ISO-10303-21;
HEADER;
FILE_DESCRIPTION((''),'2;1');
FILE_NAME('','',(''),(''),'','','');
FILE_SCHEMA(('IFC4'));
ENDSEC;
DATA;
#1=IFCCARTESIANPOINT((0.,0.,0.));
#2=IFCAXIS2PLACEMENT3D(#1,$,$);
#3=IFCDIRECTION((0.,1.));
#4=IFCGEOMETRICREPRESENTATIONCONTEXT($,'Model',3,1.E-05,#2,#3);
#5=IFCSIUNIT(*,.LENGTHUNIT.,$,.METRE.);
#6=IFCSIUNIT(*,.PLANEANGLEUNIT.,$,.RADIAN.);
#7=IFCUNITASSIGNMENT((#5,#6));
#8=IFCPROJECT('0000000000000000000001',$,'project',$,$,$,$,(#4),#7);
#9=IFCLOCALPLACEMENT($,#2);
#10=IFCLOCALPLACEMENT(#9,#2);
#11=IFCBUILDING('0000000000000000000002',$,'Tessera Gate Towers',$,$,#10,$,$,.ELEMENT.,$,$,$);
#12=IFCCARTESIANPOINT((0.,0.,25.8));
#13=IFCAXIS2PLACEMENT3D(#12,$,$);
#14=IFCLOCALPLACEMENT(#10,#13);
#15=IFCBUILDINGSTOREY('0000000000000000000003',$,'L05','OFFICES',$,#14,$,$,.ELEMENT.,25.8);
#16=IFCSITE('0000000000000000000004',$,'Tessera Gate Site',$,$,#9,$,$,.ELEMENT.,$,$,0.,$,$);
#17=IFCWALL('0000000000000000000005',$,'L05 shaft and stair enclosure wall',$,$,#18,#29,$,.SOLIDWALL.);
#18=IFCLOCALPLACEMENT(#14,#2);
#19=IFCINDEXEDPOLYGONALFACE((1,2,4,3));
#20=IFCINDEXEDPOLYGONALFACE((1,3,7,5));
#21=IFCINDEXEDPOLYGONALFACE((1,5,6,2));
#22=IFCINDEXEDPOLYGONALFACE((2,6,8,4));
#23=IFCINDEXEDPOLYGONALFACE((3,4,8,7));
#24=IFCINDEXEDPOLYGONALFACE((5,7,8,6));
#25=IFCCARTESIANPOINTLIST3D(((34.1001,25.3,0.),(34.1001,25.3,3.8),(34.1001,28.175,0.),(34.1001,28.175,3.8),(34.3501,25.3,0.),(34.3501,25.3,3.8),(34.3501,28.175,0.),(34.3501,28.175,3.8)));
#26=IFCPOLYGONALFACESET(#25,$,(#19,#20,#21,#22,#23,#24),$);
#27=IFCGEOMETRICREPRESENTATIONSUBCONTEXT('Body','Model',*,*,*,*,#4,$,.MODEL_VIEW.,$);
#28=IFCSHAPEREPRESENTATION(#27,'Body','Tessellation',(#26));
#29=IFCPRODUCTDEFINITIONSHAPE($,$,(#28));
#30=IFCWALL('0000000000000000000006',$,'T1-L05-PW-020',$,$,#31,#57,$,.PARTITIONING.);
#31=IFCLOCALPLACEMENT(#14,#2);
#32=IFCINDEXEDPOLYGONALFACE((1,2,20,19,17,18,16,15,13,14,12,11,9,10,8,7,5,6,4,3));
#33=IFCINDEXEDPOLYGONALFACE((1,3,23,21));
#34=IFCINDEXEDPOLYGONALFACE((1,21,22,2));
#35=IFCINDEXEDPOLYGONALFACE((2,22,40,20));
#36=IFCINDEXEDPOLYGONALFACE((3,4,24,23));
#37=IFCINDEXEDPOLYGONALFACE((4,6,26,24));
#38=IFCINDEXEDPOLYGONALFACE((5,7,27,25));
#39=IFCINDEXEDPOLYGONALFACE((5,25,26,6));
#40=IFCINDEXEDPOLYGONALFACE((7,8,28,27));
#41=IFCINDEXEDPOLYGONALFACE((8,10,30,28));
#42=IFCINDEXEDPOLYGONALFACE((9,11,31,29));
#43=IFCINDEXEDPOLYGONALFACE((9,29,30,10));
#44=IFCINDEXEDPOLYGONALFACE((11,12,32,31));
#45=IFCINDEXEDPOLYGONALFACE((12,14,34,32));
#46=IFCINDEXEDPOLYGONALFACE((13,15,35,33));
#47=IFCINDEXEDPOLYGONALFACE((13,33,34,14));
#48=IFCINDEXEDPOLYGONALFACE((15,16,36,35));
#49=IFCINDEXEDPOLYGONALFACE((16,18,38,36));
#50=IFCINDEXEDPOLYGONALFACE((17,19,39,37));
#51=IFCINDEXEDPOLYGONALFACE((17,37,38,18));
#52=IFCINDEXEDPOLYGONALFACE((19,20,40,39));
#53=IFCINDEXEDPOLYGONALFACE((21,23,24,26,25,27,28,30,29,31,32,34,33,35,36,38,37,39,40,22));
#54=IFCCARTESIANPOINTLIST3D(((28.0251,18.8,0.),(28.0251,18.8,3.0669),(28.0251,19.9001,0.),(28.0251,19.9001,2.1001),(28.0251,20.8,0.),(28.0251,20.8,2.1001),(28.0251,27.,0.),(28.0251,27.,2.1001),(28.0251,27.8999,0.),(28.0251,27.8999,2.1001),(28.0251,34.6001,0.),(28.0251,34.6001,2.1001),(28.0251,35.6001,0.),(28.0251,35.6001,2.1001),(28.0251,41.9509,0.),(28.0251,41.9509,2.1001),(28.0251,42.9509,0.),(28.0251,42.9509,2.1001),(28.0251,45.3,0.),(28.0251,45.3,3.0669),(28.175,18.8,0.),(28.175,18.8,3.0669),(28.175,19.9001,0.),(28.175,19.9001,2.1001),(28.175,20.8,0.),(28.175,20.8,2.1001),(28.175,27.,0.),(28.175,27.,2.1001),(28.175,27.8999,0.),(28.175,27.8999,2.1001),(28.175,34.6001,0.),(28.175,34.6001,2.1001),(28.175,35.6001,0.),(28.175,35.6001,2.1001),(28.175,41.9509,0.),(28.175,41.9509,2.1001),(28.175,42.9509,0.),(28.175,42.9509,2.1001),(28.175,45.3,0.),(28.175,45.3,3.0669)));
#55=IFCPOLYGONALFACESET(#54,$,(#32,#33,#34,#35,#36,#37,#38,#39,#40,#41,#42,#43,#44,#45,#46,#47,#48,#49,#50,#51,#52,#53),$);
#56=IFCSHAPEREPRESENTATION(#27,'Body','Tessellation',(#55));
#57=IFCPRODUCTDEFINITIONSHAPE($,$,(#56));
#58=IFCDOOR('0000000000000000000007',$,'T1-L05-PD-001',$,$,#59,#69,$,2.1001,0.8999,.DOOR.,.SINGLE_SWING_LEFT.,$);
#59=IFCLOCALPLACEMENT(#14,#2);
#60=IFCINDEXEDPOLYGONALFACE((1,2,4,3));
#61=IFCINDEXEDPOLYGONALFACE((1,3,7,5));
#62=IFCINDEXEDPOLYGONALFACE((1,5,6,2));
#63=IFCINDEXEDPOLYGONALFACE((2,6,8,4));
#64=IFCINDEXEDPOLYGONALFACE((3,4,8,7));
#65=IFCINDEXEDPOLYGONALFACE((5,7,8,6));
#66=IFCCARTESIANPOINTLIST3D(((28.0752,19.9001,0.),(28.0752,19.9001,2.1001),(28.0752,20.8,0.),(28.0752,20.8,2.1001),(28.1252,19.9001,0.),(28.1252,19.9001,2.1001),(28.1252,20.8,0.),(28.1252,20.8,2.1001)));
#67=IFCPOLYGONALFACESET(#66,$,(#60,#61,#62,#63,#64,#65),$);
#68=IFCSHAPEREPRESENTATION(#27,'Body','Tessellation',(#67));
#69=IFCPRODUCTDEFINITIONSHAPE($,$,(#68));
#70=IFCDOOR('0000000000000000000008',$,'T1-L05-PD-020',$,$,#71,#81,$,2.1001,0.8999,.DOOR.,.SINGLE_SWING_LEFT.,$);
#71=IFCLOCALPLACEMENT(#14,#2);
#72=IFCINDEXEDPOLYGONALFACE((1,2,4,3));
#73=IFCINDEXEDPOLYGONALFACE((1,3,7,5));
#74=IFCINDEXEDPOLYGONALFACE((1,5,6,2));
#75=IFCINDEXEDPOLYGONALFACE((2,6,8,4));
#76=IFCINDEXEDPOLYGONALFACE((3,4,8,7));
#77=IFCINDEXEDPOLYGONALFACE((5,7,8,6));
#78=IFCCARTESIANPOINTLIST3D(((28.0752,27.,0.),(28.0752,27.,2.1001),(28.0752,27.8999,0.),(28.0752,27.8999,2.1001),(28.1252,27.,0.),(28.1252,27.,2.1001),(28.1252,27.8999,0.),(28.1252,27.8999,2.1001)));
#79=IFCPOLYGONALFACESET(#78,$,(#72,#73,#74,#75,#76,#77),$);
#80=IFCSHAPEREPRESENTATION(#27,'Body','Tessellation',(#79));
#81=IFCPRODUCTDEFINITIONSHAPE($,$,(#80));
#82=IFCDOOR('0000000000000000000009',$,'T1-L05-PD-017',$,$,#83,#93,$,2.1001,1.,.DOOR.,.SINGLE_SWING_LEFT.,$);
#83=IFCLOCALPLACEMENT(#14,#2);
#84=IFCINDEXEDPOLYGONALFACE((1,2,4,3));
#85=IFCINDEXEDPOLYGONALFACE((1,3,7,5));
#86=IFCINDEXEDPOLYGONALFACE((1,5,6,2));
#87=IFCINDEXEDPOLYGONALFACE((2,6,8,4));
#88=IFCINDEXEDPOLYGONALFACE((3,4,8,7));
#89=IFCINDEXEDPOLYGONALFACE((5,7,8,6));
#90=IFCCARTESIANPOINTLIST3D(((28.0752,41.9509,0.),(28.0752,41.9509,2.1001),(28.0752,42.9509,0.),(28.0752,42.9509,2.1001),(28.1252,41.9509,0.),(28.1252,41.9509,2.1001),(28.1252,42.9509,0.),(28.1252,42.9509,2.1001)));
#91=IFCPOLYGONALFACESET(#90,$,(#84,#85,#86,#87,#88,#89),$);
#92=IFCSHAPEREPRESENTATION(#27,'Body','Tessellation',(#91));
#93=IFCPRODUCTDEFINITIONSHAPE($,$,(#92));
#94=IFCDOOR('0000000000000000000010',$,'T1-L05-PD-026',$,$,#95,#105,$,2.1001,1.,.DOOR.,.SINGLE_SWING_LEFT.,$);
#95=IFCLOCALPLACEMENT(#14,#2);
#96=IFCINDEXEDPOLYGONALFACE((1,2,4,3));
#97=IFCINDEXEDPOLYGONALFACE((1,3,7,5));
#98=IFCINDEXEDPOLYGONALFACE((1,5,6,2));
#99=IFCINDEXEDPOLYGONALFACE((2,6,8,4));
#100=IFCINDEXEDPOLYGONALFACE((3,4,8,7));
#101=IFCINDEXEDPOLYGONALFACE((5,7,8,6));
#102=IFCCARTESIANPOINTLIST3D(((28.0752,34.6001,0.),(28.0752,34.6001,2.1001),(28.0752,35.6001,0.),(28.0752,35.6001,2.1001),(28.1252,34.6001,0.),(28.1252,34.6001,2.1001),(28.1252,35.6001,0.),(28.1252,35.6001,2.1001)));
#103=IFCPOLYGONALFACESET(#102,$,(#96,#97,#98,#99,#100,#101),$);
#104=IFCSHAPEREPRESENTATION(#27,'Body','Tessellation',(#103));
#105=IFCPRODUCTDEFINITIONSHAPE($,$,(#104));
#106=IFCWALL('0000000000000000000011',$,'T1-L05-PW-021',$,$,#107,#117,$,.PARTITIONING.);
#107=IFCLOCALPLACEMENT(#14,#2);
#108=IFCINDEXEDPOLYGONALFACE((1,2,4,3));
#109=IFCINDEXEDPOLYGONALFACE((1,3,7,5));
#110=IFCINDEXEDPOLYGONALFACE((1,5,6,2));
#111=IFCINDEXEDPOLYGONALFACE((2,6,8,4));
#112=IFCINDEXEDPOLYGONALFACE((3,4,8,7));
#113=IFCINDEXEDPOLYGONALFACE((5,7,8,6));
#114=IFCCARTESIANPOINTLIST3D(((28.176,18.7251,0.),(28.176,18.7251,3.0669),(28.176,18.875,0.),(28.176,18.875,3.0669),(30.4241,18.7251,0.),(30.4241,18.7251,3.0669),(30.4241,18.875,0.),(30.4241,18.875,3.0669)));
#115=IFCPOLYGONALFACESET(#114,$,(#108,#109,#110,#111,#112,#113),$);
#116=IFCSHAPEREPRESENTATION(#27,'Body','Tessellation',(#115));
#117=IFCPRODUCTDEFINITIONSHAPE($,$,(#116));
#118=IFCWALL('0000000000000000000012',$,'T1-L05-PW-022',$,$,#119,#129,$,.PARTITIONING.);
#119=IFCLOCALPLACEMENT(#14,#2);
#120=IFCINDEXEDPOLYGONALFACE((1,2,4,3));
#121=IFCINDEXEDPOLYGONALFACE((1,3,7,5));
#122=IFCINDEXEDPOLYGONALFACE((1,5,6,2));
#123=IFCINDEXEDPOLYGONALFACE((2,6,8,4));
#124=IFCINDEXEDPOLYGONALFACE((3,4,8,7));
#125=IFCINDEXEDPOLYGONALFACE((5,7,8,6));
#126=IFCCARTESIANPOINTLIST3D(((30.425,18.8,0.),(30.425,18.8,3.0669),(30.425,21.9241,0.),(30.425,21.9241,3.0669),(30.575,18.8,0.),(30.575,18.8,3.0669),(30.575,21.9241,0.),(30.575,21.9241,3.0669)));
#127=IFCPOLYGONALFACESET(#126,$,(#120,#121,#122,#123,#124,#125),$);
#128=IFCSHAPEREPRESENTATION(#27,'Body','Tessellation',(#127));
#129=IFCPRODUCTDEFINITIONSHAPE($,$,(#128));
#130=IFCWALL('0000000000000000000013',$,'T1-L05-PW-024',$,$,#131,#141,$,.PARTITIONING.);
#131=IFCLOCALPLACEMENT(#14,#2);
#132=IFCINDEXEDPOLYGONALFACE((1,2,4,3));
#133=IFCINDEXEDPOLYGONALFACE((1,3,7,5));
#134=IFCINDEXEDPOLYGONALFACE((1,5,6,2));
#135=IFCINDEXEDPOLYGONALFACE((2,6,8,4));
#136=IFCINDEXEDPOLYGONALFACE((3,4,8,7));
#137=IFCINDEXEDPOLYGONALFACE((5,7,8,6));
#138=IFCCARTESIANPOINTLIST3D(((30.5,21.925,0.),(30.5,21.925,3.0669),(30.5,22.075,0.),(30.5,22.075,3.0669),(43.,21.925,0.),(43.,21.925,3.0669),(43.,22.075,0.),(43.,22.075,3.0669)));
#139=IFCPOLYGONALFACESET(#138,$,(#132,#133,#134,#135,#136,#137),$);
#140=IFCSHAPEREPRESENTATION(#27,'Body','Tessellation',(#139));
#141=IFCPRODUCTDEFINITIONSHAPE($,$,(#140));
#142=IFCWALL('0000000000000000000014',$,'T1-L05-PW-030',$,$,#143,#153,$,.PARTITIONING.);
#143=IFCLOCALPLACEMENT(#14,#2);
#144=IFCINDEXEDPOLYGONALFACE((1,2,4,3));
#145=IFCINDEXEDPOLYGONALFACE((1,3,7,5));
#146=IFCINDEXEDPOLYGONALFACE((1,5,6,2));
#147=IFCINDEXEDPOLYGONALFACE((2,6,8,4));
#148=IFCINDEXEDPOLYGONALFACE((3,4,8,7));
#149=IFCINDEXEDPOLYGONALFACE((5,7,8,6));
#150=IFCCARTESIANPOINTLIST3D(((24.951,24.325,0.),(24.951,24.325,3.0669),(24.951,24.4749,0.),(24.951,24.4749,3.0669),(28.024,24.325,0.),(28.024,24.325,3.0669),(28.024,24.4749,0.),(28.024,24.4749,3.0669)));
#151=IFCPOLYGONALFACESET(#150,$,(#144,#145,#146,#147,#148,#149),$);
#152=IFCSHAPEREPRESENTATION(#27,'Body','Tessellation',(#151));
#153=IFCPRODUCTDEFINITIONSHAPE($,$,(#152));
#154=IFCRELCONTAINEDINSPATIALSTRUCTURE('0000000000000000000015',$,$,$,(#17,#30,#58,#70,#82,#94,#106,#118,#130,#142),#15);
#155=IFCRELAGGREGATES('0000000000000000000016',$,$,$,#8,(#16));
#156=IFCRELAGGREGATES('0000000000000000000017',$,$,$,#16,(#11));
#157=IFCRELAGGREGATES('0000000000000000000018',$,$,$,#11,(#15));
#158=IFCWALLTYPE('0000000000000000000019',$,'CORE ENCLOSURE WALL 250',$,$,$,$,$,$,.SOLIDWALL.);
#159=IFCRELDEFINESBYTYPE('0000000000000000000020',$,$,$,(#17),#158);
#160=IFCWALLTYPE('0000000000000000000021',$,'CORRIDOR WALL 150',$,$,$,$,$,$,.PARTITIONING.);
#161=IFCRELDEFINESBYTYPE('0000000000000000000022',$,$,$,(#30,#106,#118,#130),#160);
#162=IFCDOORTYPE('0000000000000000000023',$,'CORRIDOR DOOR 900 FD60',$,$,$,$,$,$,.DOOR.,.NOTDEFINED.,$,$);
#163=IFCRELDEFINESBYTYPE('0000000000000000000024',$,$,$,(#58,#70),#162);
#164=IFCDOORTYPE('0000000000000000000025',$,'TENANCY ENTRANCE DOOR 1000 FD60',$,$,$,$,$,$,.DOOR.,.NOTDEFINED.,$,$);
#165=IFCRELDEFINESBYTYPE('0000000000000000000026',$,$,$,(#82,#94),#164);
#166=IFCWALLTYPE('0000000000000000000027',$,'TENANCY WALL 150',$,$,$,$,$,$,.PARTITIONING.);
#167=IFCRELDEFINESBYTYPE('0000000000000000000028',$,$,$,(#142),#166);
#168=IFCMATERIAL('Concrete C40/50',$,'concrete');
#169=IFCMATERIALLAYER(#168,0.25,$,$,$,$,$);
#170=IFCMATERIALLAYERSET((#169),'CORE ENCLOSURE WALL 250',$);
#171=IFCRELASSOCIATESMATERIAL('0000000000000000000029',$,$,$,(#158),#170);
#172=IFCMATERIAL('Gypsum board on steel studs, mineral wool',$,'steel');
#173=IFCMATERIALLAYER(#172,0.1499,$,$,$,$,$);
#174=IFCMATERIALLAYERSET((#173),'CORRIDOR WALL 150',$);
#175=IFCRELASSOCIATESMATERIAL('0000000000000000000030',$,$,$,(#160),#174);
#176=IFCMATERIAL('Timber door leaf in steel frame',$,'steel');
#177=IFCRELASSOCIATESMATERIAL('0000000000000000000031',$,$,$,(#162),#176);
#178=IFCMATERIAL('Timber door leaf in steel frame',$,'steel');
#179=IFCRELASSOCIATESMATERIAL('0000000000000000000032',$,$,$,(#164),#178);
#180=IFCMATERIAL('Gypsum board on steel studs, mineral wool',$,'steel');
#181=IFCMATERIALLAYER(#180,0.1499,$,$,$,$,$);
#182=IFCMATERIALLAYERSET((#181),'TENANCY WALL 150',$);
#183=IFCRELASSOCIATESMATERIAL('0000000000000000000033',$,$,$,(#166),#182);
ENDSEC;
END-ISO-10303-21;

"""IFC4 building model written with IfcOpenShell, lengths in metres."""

from ifc_helpers import new_model, si_unit, direction, frame, frame_2d, origin, place, context, subcontext, project, spatial, rectangle, extrude, source, transform, mapped, material, layer, layer_set, type_object, element, fill, save


model = new_model("IFC4")

# Units and contexts
model_context = context("Model", 3, precision=1e-05, world=origin(), true_north=direction((0.0, 1.0)))
body_context = subcontext(model_context, "Body", "Model", "MODEL_VIEW")
ifc_project = project(units=[si_unit("LENGTHUNIT", "METRE"), si_unit("PLANEANGLEUNIT", "RADIAN")], contexts=[model_context])

# Site, building, storey
site_placement = place(None, origin())
site = spatial("IfcSite", under=ifc_project, at=site_placement, Name="Tessera Gate Site", CompositionType="ELEMENT", RefElevation=0.0)
building_placement = place(site_placement, origin())
building = spatial("IfcBuilding", under=site, at=building_placement, Name="Tessera Gate Towers", CompositionType="ELEMENT")
storey_placement = place(building_placement, frame((0.0, 0.0, 25.8)))
storey = spatial("IfcBuildingStorey", under=building, at=storey_placement, Name="L05", Description="OFFICES", CompositionType="ELEMENT", Elevation=25.8)

# Shared definitions
ifc_material_1 = material(Name="Concrete C40/50", Category="concrete")
ifc_layer_1 = layer(ifc_material_1, 0.25)
ifc_layer_set_1 = layer_set([ifc_layer_1], Name="CORE ENCLOSURE WALL 250")
wall_type_1 = type_object("IfcWallType", Name="CORE ENCLOSURE WALL 250", PredefinedType="SOLIDWALL", material=ifc_layer_set_1)

# Wall
wall_1_placement = place(storey_placement, frame((34.2251, 25.3, 0.0), z_axis=(0.0, 0.0, 1.0), x_axis=(0.0, 1.0, 0.0)))
element("IfcWall", 1, at=wall_1_placement, inside=storey, type_object=wall_type_1, Name="L05 shaft and stair enclosure wall", PredefinedType="SOLIDWALL", context=body_context, shape_type="SweptSolid", body=[
    extrude(rectangle(XDim=2.875, YDim=0.25, at=frame_2d((1.4375, 0.0))), origin(), (0.0, 0.0, 1.0), 3.8),
])

# Wall, openings, doors
ifc_material_2 = material(Name="Gypsum board on steel studs, mineral wool", Category="steel")
ifc_layer_2 = layer(ifc_material_2, 0.1499)
ifc_layer_set_2 = layer_set([ifc_layer_2], Name="CORRIDOR WALL 150")
wall_type_2 = type_object("IfcWallType", Name="CORRIDOR WALL 150", PredefinedType="PARTITIONING", material=ifc_layer_set_2)
wall_2_placement = place(storey_placement, frame((28.1001, 18.8, 0.0), z_axis=(0.0, 0.0, 1.0), x_axis=(0.0, 1.0, 0.0)))
wall_2 = element("IfcWall", 2, at=wall_2_placement, inside=storey, type_object=wall_type_2, Name="T1-L05-PW-020", PredefinedType="PARTITIONING", context=body_context, shape_type="SweptSolid", body=[
    extrude(rectangle(XDim=26.5, YDim=0.1499, at=frame_2d((13.25, 0.0))), origin(), (0.0, 0.0, 1.0), 3.0669),
])
shared_shape_1 = source(origin(), body_context, "Body", "SweptSolid", [
    extrude(rectangle(XDim=0.8999, YDim=2.1001, at=frame_2d((0.45, 1.05))), frame((0.0, 0.085, 0.0), z_axis=(0.0, -1.0, 0.0), x_axis=(1.0, 0.0, 0.0)), (0.0, 0.0, 1.0), 0.1699),
])
opening_1_placement = place(wall_2_placement, frame((1.1001, 0.0, 0.0)))
opening_1 = element("IfcOpeningElement", 3, at=opening_1_placement, cuts=wall_2, PredefinedType="OPENING", context=body_context, shape_type="MappedRepresentation", body=[
    mapped(shared_shape_1, transform((0.0, 0.0, 0.0), scale=1.0)),
])
shared_shape_2 = source(origin(), body_context, "Body", "SweptSolid", [
    extrude(rectangle(XDim=1.0, YDim=2.1001, at=frame_2d((0.5, 1.05))), frame((0.0, 0.085, 0.0), z_axis=(0.0, -1.0, 0.0), x_axis=(1.0, 0.0, 0.0)), (0.0, 0.0, 1.0), 0.1699),
])
opening_2_placement = place(wall_2_placement, frame((23.1509, 0.0, 0.0)))
opening_2 = element("IfcOpeningElement", 4, at=opening_2_placement, cuts=wall_2, PredefinedType="OPENING", context=body_context, shape_type="MappedRepresentation", body=[
    mapped(shared_shape_2, transform((0.0, 0.0, 0.0), scale=1.0)),
])
opening_3_placement = place(wall_2_placement, frame((8.2, 0.0, 0.0)))
opening_3 = element("IfcOpeningElement", 5, at=opening_3_placement, cuts=wall_2, PredefinedType="OPENING", context=body_context, shape_type="MappedRepresentation", body=[
    mapped(shared_shape_1, transform((0.0, 0.0, 0.0), scale=1.0)),
])
opening_4_placement = place(wall_2_placement, frame((15.8, 0.0, 0.0)))
opening_4 = element("IfcOpeningElement", 6, at=opening_4_placement, cuts=wall_2, PredefinedType="OPENING", context=body_context, shape_type="MappedRepresentation", body=[
    mapped(shared_shape_2, transform((0.0, 0.0, 0.0), scale=1.0)),
])
ifc_material_3 = material(Name="Timber door leaf in steel frame", Category="steel")
door_type_1 = type_object("IfcDoorType", Name="CORRIDOR DOOR 900 FD60", OperationType="NOTDEFINED", PredefinedType="DOOR", material=ifc_material_3)
shared_shape_3 = source(origin(), body_context, "Body", "SweptSolid", [
    extrude(rectangle(XDim=0.8999, YDim=2.1001, at=frame_2d((0.45, 1.05))), frame((0.0, 0.0249, 0.0), z_axis=(0.0, -1.0, 0.0), x_axis=(1.0, 0.0, 0.0)), (0.0, 0.0, 1.0), 0.05),
])
door_1_placement = place(opening_1_placement, origin())
door_1 = element("IfcDoor", 7, at=door_1_placement, inside=storey, type_object=door_type_1, Name="T1-L05-PD-001", OperationType="SINGLE_SWING_LEFT", OverallHeight=2.1001, OverallWidth=0.8999, PredefinedType="DOOR", context=body_context, shape_type="MappedRepresentation", body=[
    mapped(shared_shape_3, transform((0.0, 0.0, 0.0), scale=1.0)),
])
fill(opening_1, door_1)
door_2_placement = place(opening_3_placement, origin())
door_2 = element("IfcDoor", 8, at=door_2_placement, inside=storey, type_object=door_type_1, Name="T1-L05-PD-020", OperationType="SINGLE_SWING_LEFT", OverallHeight=2.1001, OverallWidth=0.8999, PredefinedType="DOOR", context=body_context, shape_type="MappedRepresentation", body=[
    mapped(shared_shape_3, transform((0.0, 0.0, 0.0), scale=1.0)),
])
fill(opening_3, door_2)
ifc_material_4 = material(Name="Timber door leaf in steel frame", Category="steel")
door_type_2 = type_object("IfcDoorType", Name="TENANCY ENTRANCE DOOR 1000 FD60", OperationType="NOTDEFINED", PredefinedType="DOOR", material=ifc_material_4)
shared_shape_4 = source(origin(), body_context, "Body", "SweptSolid", [
    extrude(rectangle(XDim=1.0, YDim=2.1001, at=frame_2d((0.5, 1.05))), frame((0.0, 0.0249, 0.0), z_axis=(0.0, -1.0, 0.0), x_axis=(1.0, 0.0, 0.0)), (0.0, 0.0, 1.0), 0.05),
])
door_3_placement = place(opening_2_placement, origin())
door_3 = element("IfcDoor", 9, at=door_3_placement, inside=storey, type_object=door_type_2, Name="T1-L05-PD-017", OperationType="SINGLE_SWING_LEFT", OverallHeight=2.1001, OverallWidth=1.0, PredefinedType="DOOR", context=body_context, shape_type="MappedRepresentation", body=[
    mapped(shared_shape_4, transform((0.0, 0.0, 0.0), scale=1.0)),
])
fill(opening_2, door_3)
door_4_placement = place(opening_4_placement, origin())
door_4 = element("IfcDoor", 10, at=door_4_placement, inside=storey, type_object=door_type_2, Name="T1-L05-PD-026", OperationType="SINGLE_SWING_LEFT", OverallHeight=2.1001, OverallWidth=1.0, PredefinedType="DOOR", context=body_context, shape_type="MappedRepresentation", body=[
    mapped(shared_shape_4, transform((0.0, 0.0, 0.0), scale=1.0)),
])
fill(opening_4, door_4)

# Walls
wall_3_placement = place(storey_placement, frame((28.176, 18.8, 0.0), z_axis=(0.0, 0.0, 1.0), x_axis=(1.0, 0.0, 0.0)))
element("IfcWall", 11, at=wall_3_placement, inside=storey, type_object=wall_type_2, Name="T1-L05-PW-021", PredefinedType="PARTITIONING", context=body_context, shape_type="SweptSolid", body=[
    extrude(rectangle(XDim=2.248, YDim=0.1499, at=frame_2d((1.124, 0.0))), origin(), (0.0, 0.0, 1.0), 3.0669),
])
wall_4_placement = place(storey_placement, frame((30.5, 18.8, 0.0), z_axis=(0.0, 0.0, 1.0), x_axis=(0.0, 1.0, 0.0)))
element("IfcWall", 12, at=wall_4_placement, inside=storey, type_object=wall_type_2, Name="T1-L05-PW-022", PredefinedType="PARTITIONING", context=body_context, shape_type="SweptSolid", body=[
    extrude(rectangle(XDim=3.124, YDim=0.1499, at=frame_2d((1.562, 0.0))), origin(), (0.0, 0.0, 1.0), 3.0669),
])
wall_5_placement = place(storey_placement, frame((30.5, 22.0, 0.0), z_axis=(0.0, 0.0, 1.0), x_axis=(1.0, 0.0, 0.0)))
element("IfcWall", 13, at=wall_5_placement, inside=storey, type_object=wall_type_2, Name="T1-L05-PW-024", PredefinedType="PARTITIONING", context=body_context, shape_type="SweptSolid", body=[
    extrude(rectangle(XDim=12.5, YDim=0.1499, at=frame_2d((6.25, 0.0))), origin(), (0.0, 0.0, 1.0), 3.0669),
])
ifc_material_5 = material(Name="Gypsum board on steel studs, mineral wool", Category="steel")
ifc_layer_3 = layer(ifc_material_5, 0.1499)
ifc_layer_set_3 = layer_set([ifc_layer_3], Name="TENANCY WALL 150")
wall_type_3 = type_object("IfcWallType", Name="TENANCY WALL 150", PredefinedType="PARTITIONING", material=ifc_layer_set_3)
wall_6_placement = place(storey_placement, frame((24.9509, 24.3999, 0.0), z_axis=(0.0, 0.0, 1.0), x_axis=(1.0, 0.0, 0.0)))
element("IfcWall", 14, at=wall_6_placement, inside=storey, type_object=wall_type_3, Name="T1-L05-PW-030", PredefinedType="PARTITIONING", context=body_context, shape_type="SweptSolid", body=[
    extrude(rectangle(XDim=3.073, YDim=0.1499, at=frame_2d((1.5366, 0.0))), origin(), (0.0, 0.0, 1.0), 3.0669),
])

save(model, "model.ifc")
